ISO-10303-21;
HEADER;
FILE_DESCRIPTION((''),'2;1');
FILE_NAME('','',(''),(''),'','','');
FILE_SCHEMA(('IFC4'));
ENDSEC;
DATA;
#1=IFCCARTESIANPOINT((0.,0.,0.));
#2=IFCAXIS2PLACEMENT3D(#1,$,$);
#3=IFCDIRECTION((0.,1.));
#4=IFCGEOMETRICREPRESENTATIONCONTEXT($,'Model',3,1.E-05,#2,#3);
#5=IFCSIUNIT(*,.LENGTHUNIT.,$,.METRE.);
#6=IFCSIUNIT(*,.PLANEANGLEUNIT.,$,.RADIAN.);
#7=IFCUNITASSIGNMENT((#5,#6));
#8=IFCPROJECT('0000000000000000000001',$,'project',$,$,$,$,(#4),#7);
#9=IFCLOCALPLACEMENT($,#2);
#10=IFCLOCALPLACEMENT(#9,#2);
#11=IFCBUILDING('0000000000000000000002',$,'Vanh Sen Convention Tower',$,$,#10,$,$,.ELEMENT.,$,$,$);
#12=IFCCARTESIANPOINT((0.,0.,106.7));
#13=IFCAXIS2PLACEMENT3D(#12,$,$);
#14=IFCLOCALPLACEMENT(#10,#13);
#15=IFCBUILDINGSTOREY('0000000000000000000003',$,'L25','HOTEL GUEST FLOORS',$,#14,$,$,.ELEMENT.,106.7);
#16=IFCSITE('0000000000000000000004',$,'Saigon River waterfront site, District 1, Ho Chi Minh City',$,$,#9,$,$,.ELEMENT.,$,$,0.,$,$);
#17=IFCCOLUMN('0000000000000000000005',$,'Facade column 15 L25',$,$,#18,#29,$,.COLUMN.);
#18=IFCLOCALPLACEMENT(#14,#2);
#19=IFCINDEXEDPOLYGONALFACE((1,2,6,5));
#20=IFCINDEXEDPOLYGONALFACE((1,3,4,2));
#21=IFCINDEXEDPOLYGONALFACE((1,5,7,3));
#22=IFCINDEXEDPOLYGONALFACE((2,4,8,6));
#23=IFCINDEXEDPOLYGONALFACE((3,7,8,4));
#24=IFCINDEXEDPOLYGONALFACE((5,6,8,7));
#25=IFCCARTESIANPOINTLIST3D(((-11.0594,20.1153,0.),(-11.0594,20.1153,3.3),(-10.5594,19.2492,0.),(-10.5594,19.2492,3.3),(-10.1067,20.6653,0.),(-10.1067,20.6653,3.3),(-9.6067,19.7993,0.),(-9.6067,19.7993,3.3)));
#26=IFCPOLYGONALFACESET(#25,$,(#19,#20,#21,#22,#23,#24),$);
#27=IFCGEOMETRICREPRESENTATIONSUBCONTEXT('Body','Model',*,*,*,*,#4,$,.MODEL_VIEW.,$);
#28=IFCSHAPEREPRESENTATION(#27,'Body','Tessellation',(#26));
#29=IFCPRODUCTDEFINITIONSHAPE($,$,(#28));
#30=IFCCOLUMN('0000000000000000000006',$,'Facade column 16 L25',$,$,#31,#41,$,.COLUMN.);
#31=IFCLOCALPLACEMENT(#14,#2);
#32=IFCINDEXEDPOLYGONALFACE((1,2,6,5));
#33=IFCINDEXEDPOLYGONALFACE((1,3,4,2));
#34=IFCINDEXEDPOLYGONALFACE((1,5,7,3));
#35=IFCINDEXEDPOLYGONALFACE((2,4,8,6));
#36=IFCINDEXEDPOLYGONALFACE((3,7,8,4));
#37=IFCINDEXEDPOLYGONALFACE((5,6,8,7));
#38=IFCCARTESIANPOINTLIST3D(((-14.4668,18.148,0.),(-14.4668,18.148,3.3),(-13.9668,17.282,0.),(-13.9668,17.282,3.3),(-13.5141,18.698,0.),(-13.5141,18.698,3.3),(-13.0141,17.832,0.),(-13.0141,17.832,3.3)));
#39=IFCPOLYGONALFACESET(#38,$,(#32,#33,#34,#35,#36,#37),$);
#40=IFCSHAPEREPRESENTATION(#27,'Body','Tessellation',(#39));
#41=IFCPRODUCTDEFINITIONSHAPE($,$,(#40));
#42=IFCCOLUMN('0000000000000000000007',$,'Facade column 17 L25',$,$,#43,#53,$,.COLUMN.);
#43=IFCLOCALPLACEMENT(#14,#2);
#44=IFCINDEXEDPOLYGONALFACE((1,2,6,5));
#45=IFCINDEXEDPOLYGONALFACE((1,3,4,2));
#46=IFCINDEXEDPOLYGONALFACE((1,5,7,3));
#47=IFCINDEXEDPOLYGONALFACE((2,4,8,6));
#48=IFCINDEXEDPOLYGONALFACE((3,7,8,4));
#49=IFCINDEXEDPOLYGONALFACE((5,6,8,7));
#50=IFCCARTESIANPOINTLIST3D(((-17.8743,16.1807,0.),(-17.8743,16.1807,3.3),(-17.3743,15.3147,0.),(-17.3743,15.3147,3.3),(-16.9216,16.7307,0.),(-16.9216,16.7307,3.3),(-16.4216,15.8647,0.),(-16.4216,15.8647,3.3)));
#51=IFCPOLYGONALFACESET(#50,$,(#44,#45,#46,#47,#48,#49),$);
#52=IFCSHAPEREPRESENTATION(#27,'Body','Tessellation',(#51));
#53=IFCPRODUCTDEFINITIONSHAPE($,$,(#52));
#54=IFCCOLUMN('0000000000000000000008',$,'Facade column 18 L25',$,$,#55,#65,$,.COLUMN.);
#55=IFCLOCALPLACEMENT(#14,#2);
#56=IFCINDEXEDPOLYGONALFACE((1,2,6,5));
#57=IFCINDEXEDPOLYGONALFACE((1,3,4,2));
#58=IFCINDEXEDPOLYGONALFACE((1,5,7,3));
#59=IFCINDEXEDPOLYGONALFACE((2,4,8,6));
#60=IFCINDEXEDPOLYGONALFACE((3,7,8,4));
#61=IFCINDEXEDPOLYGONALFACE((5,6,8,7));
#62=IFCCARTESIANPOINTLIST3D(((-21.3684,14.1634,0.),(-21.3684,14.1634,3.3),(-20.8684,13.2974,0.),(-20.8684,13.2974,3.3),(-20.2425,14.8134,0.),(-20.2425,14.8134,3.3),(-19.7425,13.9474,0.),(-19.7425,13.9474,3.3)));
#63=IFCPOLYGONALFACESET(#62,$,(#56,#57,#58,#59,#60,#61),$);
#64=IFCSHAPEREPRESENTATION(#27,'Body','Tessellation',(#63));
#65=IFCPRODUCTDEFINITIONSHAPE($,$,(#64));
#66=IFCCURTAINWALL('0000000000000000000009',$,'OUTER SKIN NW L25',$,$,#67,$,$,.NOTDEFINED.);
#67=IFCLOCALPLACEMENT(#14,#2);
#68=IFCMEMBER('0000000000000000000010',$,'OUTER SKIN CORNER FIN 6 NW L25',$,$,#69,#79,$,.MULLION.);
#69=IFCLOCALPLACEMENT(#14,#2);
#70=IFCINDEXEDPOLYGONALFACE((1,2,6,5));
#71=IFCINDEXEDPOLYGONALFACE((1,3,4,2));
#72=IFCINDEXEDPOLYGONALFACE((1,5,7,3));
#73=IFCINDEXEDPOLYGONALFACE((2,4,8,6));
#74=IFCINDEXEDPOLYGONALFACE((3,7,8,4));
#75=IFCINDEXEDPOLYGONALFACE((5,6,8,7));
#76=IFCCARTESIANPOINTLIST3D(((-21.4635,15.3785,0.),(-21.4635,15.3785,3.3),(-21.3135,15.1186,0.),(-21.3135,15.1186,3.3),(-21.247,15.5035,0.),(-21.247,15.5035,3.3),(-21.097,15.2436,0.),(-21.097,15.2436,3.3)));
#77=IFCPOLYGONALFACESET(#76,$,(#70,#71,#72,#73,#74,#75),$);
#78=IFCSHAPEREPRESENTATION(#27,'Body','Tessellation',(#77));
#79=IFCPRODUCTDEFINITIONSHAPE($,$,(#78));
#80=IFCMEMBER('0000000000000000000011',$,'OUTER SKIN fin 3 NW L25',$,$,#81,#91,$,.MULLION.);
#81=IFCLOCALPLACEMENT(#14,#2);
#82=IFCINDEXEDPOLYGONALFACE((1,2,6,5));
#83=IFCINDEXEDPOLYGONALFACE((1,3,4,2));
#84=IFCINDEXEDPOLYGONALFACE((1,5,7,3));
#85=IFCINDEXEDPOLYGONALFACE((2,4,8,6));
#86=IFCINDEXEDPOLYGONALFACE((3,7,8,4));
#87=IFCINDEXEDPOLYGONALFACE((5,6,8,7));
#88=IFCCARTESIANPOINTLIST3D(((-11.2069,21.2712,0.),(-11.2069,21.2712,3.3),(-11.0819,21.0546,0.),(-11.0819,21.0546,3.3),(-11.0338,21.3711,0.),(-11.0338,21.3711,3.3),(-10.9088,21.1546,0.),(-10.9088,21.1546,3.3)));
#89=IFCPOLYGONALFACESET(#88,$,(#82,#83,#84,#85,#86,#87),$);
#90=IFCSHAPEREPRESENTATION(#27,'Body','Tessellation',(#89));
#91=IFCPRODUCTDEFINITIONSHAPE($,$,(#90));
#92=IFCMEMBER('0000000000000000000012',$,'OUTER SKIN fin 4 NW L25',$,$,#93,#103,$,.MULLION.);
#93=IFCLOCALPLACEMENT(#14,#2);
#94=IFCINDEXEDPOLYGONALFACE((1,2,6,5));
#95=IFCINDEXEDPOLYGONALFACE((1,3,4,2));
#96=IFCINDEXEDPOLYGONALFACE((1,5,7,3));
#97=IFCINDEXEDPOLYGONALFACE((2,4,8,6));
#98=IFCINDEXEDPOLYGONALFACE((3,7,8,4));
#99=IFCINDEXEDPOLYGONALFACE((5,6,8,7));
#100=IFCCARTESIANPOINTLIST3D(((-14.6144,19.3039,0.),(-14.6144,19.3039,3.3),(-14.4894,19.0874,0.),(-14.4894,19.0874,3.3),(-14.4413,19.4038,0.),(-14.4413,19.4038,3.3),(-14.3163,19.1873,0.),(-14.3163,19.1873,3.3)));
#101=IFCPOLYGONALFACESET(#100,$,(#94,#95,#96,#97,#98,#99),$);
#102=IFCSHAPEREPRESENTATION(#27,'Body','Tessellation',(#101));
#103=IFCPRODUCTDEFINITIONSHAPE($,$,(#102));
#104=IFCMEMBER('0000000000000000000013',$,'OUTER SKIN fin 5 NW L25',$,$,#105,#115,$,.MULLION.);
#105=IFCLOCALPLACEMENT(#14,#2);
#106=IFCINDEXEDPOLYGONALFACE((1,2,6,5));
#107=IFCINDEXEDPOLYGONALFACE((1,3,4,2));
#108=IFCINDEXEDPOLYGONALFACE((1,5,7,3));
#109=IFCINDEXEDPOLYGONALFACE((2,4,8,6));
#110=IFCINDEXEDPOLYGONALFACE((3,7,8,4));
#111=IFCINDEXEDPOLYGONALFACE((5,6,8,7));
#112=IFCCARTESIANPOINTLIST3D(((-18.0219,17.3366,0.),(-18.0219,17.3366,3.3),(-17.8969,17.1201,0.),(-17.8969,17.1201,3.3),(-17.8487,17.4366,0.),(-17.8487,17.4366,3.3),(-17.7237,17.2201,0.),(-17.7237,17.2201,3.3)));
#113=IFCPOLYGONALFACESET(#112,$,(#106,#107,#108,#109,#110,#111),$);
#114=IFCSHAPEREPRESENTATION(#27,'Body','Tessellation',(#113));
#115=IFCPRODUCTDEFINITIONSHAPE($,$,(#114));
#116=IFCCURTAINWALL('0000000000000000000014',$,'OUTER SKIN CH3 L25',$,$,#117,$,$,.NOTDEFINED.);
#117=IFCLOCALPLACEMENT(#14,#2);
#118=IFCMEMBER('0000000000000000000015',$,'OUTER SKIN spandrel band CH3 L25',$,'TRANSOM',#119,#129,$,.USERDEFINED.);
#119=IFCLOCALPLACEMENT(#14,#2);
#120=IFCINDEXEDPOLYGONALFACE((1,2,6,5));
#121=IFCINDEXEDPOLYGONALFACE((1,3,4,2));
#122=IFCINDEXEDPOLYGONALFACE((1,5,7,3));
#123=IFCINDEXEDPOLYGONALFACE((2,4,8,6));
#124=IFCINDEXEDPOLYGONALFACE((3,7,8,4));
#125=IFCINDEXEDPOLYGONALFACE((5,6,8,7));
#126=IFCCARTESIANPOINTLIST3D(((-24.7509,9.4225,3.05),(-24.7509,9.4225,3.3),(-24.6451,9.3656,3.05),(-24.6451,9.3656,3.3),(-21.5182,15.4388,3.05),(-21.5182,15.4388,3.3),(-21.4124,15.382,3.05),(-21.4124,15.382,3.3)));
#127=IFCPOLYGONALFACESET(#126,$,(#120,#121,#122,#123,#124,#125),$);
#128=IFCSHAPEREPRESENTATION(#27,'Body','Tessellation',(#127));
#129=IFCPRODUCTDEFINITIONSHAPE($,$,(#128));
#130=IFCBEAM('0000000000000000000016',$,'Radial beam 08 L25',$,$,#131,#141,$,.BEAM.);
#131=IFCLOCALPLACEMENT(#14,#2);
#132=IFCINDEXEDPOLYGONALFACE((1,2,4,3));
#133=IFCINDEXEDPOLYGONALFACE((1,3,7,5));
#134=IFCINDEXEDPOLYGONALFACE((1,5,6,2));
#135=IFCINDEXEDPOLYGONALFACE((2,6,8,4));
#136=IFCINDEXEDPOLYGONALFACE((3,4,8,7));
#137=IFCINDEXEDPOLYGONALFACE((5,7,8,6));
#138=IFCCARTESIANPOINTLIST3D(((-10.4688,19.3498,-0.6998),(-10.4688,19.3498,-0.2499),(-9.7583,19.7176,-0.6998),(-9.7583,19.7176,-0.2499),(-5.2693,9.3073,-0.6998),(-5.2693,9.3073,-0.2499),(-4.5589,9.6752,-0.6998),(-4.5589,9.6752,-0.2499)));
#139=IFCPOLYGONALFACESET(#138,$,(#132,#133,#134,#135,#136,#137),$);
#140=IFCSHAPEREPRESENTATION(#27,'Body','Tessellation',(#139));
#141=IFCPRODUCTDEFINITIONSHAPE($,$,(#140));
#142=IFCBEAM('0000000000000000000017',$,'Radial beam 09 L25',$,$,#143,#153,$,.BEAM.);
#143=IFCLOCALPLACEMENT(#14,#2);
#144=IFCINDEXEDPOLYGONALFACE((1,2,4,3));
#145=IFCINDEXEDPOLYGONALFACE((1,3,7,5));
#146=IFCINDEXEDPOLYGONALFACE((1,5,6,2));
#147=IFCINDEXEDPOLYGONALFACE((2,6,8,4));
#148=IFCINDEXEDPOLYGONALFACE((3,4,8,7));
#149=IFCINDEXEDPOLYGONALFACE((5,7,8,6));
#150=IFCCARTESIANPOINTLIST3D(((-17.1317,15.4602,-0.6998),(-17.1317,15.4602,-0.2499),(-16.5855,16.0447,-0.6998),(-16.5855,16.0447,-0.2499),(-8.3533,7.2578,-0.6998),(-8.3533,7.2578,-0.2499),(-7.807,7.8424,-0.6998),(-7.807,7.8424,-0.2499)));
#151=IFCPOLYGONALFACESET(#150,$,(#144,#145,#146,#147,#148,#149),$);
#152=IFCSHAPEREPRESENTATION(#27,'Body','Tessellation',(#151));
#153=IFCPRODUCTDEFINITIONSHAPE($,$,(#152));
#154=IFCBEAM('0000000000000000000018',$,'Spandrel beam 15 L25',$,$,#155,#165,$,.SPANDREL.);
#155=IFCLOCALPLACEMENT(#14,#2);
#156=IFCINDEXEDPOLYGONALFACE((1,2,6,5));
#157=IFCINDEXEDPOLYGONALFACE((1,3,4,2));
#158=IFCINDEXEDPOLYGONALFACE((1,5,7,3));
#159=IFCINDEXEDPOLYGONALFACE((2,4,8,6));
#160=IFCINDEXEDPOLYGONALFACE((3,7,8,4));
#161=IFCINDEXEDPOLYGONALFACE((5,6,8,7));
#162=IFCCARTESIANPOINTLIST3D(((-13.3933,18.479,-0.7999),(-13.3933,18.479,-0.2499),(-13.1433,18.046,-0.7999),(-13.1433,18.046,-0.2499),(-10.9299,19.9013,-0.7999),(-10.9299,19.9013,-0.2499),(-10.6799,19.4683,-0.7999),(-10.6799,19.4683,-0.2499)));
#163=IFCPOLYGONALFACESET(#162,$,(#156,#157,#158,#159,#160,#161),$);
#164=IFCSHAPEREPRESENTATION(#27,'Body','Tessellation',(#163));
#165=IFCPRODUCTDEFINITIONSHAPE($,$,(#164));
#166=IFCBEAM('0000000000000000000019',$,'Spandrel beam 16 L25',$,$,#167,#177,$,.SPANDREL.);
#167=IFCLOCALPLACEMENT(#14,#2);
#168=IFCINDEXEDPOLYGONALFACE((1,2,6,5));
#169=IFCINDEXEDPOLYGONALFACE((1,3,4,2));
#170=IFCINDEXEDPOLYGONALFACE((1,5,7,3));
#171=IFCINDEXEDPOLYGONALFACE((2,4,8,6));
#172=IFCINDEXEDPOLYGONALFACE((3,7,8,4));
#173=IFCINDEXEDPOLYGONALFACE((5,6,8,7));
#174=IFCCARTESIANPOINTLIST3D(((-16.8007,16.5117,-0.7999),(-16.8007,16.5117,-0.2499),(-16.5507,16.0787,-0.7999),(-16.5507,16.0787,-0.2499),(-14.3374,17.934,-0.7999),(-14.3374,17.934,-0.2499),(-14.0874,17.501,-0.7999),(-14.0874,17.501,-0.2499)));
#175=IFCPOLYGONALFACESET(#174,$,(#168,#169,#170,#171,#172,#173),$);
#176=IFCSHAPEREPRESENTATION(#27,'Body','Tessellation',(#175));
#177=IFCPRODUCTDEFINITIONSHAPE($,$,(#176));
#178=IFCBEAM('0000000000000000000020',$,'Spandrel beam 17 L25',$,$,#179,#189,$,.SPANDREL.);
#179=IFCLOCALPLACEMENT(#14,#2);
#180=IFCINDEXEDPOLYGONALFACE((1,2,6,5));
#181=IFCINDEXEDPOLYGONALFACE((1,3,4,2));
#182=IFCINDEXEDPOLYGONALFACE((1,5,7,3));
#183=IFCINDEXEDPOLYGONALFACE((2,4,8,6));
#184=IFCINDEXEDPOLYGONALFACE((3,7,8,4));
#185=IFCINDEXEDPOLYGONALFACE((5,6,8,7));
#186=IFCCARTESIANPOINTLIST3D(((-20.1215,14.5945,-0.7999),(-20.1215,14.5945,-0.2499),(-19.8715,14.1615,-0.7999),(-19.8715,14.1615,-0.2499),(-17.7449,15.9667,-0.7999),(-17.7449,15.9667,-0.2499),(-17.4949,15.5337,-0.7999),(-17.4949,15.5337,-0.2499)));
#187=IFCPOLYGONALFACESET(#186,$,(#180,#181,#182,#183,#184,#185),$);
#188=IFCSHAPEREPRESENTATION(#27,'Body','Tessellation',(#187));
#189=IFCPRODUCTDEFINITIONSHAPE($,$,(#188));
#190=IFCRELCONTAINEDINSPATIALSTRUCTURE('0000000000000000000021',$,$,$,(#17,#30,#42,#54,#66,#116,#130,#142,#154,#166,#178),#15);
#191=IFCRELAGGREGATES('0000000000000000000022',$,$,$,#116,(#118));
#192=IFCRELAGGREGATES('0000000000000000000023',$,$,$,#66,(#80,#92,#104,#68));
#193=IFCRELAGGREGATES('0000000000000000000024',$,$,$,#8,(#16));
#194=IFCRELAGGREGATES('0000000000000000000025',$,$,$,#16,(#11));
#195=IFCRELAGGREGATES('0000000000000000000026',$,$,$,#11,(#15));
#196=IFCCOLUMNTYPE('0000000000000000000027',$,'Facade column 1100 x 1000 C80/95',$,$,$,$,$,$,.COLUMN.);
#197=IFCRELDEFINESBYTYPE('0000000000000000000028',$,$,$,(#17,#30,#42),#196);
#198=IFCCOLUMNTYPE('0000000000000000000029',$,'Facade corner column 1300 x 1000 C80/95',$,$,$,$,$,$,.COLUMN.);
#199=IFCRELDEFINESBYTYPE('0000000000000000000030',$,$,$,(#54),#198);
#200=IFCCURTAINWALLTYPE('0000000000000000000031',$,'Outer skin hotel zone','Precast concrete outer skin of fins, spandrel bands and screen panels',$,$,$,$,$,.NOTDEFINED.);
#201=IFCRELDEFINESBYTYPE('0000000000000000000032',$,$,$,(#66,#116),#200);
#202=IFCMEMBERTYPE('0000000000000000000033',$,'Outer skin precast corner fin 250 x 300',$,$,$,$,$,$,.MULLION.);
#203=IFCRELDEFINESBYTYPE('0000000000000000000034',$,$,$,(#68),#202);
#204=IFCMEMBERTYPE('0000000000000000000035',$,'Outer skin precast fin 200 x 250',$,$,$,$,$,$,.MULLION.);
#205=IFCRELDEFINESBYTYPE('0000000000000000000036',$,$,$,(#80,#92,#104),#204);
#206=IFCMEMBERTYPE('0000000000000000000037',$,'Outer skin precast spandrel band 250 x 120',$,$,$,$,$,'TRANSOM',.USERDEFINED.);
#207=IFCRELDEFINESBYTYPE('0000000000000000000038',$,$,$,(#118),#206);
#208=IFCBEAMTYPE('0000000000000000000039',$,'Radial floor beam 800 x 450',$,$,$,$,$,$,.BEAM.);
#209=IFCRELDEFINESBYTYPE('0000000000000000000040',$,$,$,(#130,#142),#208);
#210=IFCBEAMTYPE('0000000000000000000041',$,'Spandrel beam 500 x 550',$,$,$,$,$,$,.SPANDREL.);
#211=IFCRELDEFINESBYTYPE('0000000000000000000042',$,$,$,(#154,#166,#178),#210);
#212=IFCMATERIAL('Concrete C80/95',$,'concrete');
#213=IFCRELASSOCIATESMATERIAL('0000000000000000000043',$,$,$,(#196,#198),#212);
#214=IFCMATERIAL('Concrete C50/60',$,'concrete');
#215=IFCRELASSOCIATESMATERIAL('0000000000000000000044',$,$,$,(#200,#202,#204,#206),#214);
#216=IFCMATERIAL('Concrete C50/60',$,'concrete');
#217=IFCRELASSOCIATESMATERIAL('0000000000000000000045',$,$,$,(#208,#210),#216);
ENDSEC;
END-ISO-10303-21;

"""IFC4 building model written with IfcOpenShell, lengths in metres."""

from ifc_helpers import new_model, si_unit, direction, frame, origin, origin_2d, place, context, subcontext, project, spatial, rectangle, extrude, material, material_profile, profile_set, type_object, element, aggregate, save


model = new_model("IFC4")

# Units and contexts
model_context = context("Model", 3, precision=1e-05, world=origin(), true_north=direction((0.0, 1.0)))
body_context = subcontext(model_context, "Body", "Model", "MODEL_VIEW")
ifc_project = project(units=[si_unit("LENGTHUNIT", "METRE"), si_unit("PLANEANGLEUNIT", "RADIAN")], contexts=[model_context])

# Site, building, storey
site_placement = place(None, origin())
site = spatial("IfcSite", under=ifc_project, at=site_placement, Name="Saigon River waterfront site, District 1, Ho Chi Minh City", CompositionType="ELEMENT", RefElevation=0.0)
building_placement = place(site_placement, origin())
building = spatial("IfcBuilding", under=site, at=building_placement, Name="Vanh Sen Convention Tower", CompositionType="ELEMENT")
storey_placement = place(building_placement, frame((0.0, 0.0, 106.7)))
storey = spatial("IfcBuildingStorey", under=building, at=storey_placement, Name="L25", Description="HOTEL GUEST FLOORS", CompositionType="ELEMENT", Elevation=106.7)

# Columns
ifc_material_1 = material(Name="Concrete C80/95", Category="concrete")
ifc_material_profile_1 = material_profile(ifc_material_1, rectangle(XDim=1.1001, YDim=1.0, at=origin_2d()), Name="RC 1100X1000")
ifc_profile_set_1 = profile_set([ifc_material_profile_1], Name="Concrete C80/95")
column_type_1 = type_object("IfcColumnType", Name="Facade column 1100 x 1000 C80/95", PredefinedType="COLUMN", material=ifc_profile_set_1)
for number, where, z_axis, x_axis, name in (
    (1, (-10.333, 19.9573, 0.0), (0.0, 0.0, 1.0), (-0.866025, -0.5, 0.0), "Facade column 15 L25"),
    (2, (-13.7405, 17.99, 0.0), (0.0, 0.0, 1.0), (-0.866025, -0.5, 0.0), "Facade column 16 L25"),
    (3, (-17.1479, 16.0227, 0.0), (0.0, 0.0, 1.0), (-0.866025, -0.5, 0.0), "Facade column 17 L25"),
):
    element("IfcColumn", number, at=place(storey_placement, frame(where, z_axis=z_axis, x_axis=x_axis)), inside=storey, type_object=column_type_1, Name=name, PredefinedType="COLUMN", context=body_context, shape_type="SweptSolid", body=[
        extrude(rectangle(XDim=1.1001, YDim=1.0, at=origin_2d()), origin(), (0.0, 0.0, 1.0), 3.3),
    ])
ifc_material_profile_2 = material_profile(ifc_material_1, rectangle(XDim=1.3, YDim=1.0, at=origin_2d()), Name="RC 1300X1000")
ifc_profile_set_2 = profile_set([ifc_material_profile_2], Name="Concrete C80/95")
column_type_2 = type_object("IfcColumnType", Name="Facade corner column 1300 x 1000 C80/95", PredefinedType="COLUMN", material=ifc_profile_set_2)
column_placement = place(storey_placement, frame((-20.5554, 14.0554, 0.0), z_axis=(0.0, 0.0, 1.0), x_axis=(-0.866025, -0.5, 0.0)))
element("IfcColumn", 4, at=column_placement, inside=storey, type_object=column_type_2, Name="Facade column 18 L25", PredefinedType="COLUMN", context=body_context, shape_type="SweptSolid", body=[
    extrude(rectangle(XDim=1.3, YDim=1.0, at=origin_2d()), origin(), (0.0, 0.0, 1.0), 3.3),
])

# Curtain wall, members
ifc_material_2 = material(Name="Concrete C50/60", Category="concrete")
curtain_wall_type = type_object("IfcCurtainWallType", Name="Outer skin hotel zone", Description="Precast concrete outer skin of fins, spandrel bands and screen panels", PredefinedType="NOTDEFINED", material=ifc_material_2)
curtain_wall_1_placement = place(storey_placement, origin())
curtain_wall_1 = element("IfcCurtainWall", 5, at=curtain_wall_1_placement, inside=storey, type_object=curtain_wall_type, Name="OUTER SKIN NW L25", PredefinedType="NOTDEFINED")
ifc_material_profile_3 = material_profile(ifc_material_2, rectangle(XDim=0.25, YDim=0.3, at=origin_2d()), Name="Outer skin precast corner fin 250 x 300")
ifc_profile_set_3 = profile_set([ifc_material_profile_3], Name="Concrete C50/60")
member_type_1 = type_object("IfcMemberType", Name="Outer skin precast corner fin 250 x 300", PredefinedType="MULLION", material=ifc_profile_set_3)
member_1_placement = place(storey_placement, frame((-21.2803, 15.311, 0.0), z_axis=(0.0, 0.0, 1.0), x_axis=(-0.866025, -0.5, 0.0)))
member_1 = element("IfcMember", 6, at=member_1_placement, type_object=member_type_1, Name="OUTER SKIN CORNER FIN 6 NW L25", PredefinedType="MULLION", context=body_context, shape_type="SweptSolid", body=[
    extrude(rectangle(XDim=0.25, YDim=0.3, at=origin_2d()), origin(), (0.0, 0.0, 1.0), 3.3),
])
ifc_material_profile_4 = material_profile(ifc_material_2, rectangle(XDim=0.2, YDim=0.25, at=origin_2d()), Name="Outer skin precast fin 200 x 250")
ifc_profile_set_4 = profile_set([ifc_material_profile_4], Name="Concrete C50/60")
member_type_2 = type_object("IfcMemberType", Name="Outer skin precast fin 200 x 250", PredefinedType="MULLION", material=ifc_profile_set_4)
member_2_placement = place(storey_placement, frame((-11.0579, 21.2129, 0.0), z_axis=(0.0, 0.0, 1.0), x_axis=(-0.866025, -0.5, 0.0)))
member_2 = element("IfcMember", 7, at=member_2_placement, type_object=member_type_2, Name="OUTER SKIN fin 3 NW L25", PredefinedType="MULLION", context=body_context, shape_type="SweptSolid", body=[
    extrude(rectangle(XDim=0.2, YDim=0.25, at=origin_2d()), origin(), (0.0, 0.0, 1.0), 3.3),
])
member_3_placement = place(storey_placement, frame((-14.4653, 19.2456, 0.0), z_axis=(0.0, 0.0, 1.0), x_axis=(-0.866025, -0.5, 0.0)))
member_3 = element("IfcMember", 8, at=member_3_placement, type_object=member_type_2, Name="OUTER SKIN fin 4 NW L25", PredefinedType="MULLION", context=body_context, shape_type="SweptSolid", body=[
    extrude(rectangle(XDim=0.2, YDim=0.25, at=origin_2d()), origin(), (0.0, 0.0, 1.0), 3.3),
])
member_4_placement = place(storey_placement, frame((-17.8728, 17.2783, 0.0), z_axis=(0.0, 0.0, 1.0), x_axis=(-0.866025, -0.5, 0.0)))
member_4 = element("IfcMember", 9, at=member_4_placement, type_object=member_type_2, Name="OUTER SKIN fin 5 NW L25", PredefinedType="MULLION", context=body_context, shape_type="SweptSolid", body=[
    extrude(rectangle(XDim=0.2, YDim=0.25, at=origin_2d()), origin(), (0.0, 0.0, 1.0), 3.3),
])

# Curtain wall, member
curtain_wall_2_placement = place(storey_placement, origin())
curtain_wall_2 = element("IfcCurtainWall", 10, at=curtain_wall_2_placement, inside=storey, type_object=curtain_wall_type, Name="OUTER SKIN CH3 L25", PredefinedType="NOTDEFINED")
ifc_material_profile_5 = material_profile(ifc_material_2, rectangle(XDim=0.1201, YDim=0.25, at=origin_2d()), Name="Outer skin precast spandrel band 250 x 120")
ifc_profile_set_5 = profile_set([ifc_material_profile_5], Name="Concrete C50/60")
member_type_3 = type_object("IfcMemberType", Name="Outer skin precast spandrel band 250 x 120", ElementType="TRANSOM", PredefinedType="USERDEFINED", material=ifc_profile_set_5)
member_5_placement = place(storey_placement, frame((-21.4653, 15.4104, 3.175), z_axis=(-0.473315, -0.880893, 0.0), x_axis=(0.880893, -0.473315, 0.0)))
member_5 = element("IfcMember", 11, at=member_5_placement, type_object=member_type_3, Name="OUTER SKIN spandrel band CH3 L25", ObjectType="TRANSOM", PredefinedType="USERDEFINED", context=body_context, shape_type="SweptSolid", body=[
    extrude(rectangle(XDim=0.1201, YDim=0.25, at=origin_2d()), origin(), (0.0, 0.0, 1.0), 6.8298),
])
aggregate(curtain_wall_2, [member_5])

# Beams
ifc_material_3 = material(Name="Concrete C50/60", Category="concrete")
ifc_material_profile_6 = material_profile(ifc_material_3, rectangle(XDim=0.8, YDim=0.45, at=origin_2d()), Name="RC 800X450")
ifc_profile_set_6 = profile_set([ifc_material_profile_6], Name="Concrete C50/60")
beam_type_1 = type_object("IfcBeamType", Name="Radial floor beam 800 x 450", PredefinedType="BEAM", material=ifc_profile_set_6)
beam_1_placement = place(storey_placement, frame((-10.1135, 19.5337, -0.4749), z_axis=(0.459777, -0.888034, 0.0), x_axis=(0.888034, 0.459777, 0.0)))
element("IfcBeam", 12, at=beam_1_placement, inside=storey, type_object=beam_type_1, Name="Radial beam 08 L25", PredefinedType="BEAM", context=body_context, shape_type="SweptSolid", body=[
    extrude(rectangle(XDim=0.8, YDim=0.45, at=origin_2d()), origin(), (0.0, 0.0, 1.0), 11.3086),
])
beam_2_placement = place(storey_placement, frame((-16.8586, 15.7524, -0.4749), z_axis=(0.730679, -0.682721, 0.0), x_axis=(0.682721, 0.730679, 0.0)))
element("IfcBeam", 13, at=beam_2_placement, inside=storey, type_object=beam_type_1, Name="Radial beam 09 L25", PredefinedType="BEAM", context=body_context, shape_type="SweptSolid", body=[
    extrude(rectangle(XDim=0.8, YDim=0.45, at=origin_2d()), origin(), (0.0, 0.0, 1.0), 12.0142),
])
ifc_material_profile_7 = material_profile(ifc_material_3, rectangle(XDim=0.5, YDim=0.55, at=origin_2d()), Name="RC 500X550")
ifc_profile_set_7 = profile_set([ifc_material_profile_7], Name="Concrete C50/60")
beam_type_2 = type_object("IfcBeamType", Name="Spandrel beam 500 x 550", PredefinedType="SPANDREL", material=ifc_profile_set_7)
for number, where, z_axis, x_axis, name in (
    (14, (-10.8049, 19.6848, -0.5249), (-0.866005, -0.500034, 0.0), (0.500034, -0.866005, 0.0), "Spandrel beam 15 L25"),
    (15, (-14.2124, 17.7175, -0.5249), (-0.866005, -0.500034, 0.0), (0.500034, -0.866005, 0.0), "Spandrel beam 16 L25"),
):
    element("IfcBeam", number, at=place(storey_placement, frame(where, z_axis=z_axis, x_axis=x_axis)), inside=storey, type_object=beam_type_2, Name=name, PredefinedType="SPANDREL", context=body_context, shape_type="SweptSolid", body=[
        extrude(rectangle(XDim=0.5, YDim=0.55, at=origin_2d()), origin(), (0.0, 0.0, 1.0), 2.8445),
    ])
beam_3_placement = place(storey_placement, frame((-17.6199, 15.7502, -0.5249), z_axis=(-0.866006, -0.500033, 0.0), x_axis=(0.500033, -0.866006, 0.0)))
element("IfcBeam", 16, at=beam_3_placement, inside=storey, type_object=beam_type_2, Name="Spandrel beam 17 L25", PredefinedType="SPANDREL", context=body_context, shape_type="SweptSolid", body=[
    extrude(rectangle(XDim=0.5, YDim=0.55, at=origin_2d()), origin(), (0.0, 0.0, 1.0), 2.7444),
])

aggregate(curtain_wall_1, [member_2, member_3, member_4, member_1])

save(model, "model.ifc")
